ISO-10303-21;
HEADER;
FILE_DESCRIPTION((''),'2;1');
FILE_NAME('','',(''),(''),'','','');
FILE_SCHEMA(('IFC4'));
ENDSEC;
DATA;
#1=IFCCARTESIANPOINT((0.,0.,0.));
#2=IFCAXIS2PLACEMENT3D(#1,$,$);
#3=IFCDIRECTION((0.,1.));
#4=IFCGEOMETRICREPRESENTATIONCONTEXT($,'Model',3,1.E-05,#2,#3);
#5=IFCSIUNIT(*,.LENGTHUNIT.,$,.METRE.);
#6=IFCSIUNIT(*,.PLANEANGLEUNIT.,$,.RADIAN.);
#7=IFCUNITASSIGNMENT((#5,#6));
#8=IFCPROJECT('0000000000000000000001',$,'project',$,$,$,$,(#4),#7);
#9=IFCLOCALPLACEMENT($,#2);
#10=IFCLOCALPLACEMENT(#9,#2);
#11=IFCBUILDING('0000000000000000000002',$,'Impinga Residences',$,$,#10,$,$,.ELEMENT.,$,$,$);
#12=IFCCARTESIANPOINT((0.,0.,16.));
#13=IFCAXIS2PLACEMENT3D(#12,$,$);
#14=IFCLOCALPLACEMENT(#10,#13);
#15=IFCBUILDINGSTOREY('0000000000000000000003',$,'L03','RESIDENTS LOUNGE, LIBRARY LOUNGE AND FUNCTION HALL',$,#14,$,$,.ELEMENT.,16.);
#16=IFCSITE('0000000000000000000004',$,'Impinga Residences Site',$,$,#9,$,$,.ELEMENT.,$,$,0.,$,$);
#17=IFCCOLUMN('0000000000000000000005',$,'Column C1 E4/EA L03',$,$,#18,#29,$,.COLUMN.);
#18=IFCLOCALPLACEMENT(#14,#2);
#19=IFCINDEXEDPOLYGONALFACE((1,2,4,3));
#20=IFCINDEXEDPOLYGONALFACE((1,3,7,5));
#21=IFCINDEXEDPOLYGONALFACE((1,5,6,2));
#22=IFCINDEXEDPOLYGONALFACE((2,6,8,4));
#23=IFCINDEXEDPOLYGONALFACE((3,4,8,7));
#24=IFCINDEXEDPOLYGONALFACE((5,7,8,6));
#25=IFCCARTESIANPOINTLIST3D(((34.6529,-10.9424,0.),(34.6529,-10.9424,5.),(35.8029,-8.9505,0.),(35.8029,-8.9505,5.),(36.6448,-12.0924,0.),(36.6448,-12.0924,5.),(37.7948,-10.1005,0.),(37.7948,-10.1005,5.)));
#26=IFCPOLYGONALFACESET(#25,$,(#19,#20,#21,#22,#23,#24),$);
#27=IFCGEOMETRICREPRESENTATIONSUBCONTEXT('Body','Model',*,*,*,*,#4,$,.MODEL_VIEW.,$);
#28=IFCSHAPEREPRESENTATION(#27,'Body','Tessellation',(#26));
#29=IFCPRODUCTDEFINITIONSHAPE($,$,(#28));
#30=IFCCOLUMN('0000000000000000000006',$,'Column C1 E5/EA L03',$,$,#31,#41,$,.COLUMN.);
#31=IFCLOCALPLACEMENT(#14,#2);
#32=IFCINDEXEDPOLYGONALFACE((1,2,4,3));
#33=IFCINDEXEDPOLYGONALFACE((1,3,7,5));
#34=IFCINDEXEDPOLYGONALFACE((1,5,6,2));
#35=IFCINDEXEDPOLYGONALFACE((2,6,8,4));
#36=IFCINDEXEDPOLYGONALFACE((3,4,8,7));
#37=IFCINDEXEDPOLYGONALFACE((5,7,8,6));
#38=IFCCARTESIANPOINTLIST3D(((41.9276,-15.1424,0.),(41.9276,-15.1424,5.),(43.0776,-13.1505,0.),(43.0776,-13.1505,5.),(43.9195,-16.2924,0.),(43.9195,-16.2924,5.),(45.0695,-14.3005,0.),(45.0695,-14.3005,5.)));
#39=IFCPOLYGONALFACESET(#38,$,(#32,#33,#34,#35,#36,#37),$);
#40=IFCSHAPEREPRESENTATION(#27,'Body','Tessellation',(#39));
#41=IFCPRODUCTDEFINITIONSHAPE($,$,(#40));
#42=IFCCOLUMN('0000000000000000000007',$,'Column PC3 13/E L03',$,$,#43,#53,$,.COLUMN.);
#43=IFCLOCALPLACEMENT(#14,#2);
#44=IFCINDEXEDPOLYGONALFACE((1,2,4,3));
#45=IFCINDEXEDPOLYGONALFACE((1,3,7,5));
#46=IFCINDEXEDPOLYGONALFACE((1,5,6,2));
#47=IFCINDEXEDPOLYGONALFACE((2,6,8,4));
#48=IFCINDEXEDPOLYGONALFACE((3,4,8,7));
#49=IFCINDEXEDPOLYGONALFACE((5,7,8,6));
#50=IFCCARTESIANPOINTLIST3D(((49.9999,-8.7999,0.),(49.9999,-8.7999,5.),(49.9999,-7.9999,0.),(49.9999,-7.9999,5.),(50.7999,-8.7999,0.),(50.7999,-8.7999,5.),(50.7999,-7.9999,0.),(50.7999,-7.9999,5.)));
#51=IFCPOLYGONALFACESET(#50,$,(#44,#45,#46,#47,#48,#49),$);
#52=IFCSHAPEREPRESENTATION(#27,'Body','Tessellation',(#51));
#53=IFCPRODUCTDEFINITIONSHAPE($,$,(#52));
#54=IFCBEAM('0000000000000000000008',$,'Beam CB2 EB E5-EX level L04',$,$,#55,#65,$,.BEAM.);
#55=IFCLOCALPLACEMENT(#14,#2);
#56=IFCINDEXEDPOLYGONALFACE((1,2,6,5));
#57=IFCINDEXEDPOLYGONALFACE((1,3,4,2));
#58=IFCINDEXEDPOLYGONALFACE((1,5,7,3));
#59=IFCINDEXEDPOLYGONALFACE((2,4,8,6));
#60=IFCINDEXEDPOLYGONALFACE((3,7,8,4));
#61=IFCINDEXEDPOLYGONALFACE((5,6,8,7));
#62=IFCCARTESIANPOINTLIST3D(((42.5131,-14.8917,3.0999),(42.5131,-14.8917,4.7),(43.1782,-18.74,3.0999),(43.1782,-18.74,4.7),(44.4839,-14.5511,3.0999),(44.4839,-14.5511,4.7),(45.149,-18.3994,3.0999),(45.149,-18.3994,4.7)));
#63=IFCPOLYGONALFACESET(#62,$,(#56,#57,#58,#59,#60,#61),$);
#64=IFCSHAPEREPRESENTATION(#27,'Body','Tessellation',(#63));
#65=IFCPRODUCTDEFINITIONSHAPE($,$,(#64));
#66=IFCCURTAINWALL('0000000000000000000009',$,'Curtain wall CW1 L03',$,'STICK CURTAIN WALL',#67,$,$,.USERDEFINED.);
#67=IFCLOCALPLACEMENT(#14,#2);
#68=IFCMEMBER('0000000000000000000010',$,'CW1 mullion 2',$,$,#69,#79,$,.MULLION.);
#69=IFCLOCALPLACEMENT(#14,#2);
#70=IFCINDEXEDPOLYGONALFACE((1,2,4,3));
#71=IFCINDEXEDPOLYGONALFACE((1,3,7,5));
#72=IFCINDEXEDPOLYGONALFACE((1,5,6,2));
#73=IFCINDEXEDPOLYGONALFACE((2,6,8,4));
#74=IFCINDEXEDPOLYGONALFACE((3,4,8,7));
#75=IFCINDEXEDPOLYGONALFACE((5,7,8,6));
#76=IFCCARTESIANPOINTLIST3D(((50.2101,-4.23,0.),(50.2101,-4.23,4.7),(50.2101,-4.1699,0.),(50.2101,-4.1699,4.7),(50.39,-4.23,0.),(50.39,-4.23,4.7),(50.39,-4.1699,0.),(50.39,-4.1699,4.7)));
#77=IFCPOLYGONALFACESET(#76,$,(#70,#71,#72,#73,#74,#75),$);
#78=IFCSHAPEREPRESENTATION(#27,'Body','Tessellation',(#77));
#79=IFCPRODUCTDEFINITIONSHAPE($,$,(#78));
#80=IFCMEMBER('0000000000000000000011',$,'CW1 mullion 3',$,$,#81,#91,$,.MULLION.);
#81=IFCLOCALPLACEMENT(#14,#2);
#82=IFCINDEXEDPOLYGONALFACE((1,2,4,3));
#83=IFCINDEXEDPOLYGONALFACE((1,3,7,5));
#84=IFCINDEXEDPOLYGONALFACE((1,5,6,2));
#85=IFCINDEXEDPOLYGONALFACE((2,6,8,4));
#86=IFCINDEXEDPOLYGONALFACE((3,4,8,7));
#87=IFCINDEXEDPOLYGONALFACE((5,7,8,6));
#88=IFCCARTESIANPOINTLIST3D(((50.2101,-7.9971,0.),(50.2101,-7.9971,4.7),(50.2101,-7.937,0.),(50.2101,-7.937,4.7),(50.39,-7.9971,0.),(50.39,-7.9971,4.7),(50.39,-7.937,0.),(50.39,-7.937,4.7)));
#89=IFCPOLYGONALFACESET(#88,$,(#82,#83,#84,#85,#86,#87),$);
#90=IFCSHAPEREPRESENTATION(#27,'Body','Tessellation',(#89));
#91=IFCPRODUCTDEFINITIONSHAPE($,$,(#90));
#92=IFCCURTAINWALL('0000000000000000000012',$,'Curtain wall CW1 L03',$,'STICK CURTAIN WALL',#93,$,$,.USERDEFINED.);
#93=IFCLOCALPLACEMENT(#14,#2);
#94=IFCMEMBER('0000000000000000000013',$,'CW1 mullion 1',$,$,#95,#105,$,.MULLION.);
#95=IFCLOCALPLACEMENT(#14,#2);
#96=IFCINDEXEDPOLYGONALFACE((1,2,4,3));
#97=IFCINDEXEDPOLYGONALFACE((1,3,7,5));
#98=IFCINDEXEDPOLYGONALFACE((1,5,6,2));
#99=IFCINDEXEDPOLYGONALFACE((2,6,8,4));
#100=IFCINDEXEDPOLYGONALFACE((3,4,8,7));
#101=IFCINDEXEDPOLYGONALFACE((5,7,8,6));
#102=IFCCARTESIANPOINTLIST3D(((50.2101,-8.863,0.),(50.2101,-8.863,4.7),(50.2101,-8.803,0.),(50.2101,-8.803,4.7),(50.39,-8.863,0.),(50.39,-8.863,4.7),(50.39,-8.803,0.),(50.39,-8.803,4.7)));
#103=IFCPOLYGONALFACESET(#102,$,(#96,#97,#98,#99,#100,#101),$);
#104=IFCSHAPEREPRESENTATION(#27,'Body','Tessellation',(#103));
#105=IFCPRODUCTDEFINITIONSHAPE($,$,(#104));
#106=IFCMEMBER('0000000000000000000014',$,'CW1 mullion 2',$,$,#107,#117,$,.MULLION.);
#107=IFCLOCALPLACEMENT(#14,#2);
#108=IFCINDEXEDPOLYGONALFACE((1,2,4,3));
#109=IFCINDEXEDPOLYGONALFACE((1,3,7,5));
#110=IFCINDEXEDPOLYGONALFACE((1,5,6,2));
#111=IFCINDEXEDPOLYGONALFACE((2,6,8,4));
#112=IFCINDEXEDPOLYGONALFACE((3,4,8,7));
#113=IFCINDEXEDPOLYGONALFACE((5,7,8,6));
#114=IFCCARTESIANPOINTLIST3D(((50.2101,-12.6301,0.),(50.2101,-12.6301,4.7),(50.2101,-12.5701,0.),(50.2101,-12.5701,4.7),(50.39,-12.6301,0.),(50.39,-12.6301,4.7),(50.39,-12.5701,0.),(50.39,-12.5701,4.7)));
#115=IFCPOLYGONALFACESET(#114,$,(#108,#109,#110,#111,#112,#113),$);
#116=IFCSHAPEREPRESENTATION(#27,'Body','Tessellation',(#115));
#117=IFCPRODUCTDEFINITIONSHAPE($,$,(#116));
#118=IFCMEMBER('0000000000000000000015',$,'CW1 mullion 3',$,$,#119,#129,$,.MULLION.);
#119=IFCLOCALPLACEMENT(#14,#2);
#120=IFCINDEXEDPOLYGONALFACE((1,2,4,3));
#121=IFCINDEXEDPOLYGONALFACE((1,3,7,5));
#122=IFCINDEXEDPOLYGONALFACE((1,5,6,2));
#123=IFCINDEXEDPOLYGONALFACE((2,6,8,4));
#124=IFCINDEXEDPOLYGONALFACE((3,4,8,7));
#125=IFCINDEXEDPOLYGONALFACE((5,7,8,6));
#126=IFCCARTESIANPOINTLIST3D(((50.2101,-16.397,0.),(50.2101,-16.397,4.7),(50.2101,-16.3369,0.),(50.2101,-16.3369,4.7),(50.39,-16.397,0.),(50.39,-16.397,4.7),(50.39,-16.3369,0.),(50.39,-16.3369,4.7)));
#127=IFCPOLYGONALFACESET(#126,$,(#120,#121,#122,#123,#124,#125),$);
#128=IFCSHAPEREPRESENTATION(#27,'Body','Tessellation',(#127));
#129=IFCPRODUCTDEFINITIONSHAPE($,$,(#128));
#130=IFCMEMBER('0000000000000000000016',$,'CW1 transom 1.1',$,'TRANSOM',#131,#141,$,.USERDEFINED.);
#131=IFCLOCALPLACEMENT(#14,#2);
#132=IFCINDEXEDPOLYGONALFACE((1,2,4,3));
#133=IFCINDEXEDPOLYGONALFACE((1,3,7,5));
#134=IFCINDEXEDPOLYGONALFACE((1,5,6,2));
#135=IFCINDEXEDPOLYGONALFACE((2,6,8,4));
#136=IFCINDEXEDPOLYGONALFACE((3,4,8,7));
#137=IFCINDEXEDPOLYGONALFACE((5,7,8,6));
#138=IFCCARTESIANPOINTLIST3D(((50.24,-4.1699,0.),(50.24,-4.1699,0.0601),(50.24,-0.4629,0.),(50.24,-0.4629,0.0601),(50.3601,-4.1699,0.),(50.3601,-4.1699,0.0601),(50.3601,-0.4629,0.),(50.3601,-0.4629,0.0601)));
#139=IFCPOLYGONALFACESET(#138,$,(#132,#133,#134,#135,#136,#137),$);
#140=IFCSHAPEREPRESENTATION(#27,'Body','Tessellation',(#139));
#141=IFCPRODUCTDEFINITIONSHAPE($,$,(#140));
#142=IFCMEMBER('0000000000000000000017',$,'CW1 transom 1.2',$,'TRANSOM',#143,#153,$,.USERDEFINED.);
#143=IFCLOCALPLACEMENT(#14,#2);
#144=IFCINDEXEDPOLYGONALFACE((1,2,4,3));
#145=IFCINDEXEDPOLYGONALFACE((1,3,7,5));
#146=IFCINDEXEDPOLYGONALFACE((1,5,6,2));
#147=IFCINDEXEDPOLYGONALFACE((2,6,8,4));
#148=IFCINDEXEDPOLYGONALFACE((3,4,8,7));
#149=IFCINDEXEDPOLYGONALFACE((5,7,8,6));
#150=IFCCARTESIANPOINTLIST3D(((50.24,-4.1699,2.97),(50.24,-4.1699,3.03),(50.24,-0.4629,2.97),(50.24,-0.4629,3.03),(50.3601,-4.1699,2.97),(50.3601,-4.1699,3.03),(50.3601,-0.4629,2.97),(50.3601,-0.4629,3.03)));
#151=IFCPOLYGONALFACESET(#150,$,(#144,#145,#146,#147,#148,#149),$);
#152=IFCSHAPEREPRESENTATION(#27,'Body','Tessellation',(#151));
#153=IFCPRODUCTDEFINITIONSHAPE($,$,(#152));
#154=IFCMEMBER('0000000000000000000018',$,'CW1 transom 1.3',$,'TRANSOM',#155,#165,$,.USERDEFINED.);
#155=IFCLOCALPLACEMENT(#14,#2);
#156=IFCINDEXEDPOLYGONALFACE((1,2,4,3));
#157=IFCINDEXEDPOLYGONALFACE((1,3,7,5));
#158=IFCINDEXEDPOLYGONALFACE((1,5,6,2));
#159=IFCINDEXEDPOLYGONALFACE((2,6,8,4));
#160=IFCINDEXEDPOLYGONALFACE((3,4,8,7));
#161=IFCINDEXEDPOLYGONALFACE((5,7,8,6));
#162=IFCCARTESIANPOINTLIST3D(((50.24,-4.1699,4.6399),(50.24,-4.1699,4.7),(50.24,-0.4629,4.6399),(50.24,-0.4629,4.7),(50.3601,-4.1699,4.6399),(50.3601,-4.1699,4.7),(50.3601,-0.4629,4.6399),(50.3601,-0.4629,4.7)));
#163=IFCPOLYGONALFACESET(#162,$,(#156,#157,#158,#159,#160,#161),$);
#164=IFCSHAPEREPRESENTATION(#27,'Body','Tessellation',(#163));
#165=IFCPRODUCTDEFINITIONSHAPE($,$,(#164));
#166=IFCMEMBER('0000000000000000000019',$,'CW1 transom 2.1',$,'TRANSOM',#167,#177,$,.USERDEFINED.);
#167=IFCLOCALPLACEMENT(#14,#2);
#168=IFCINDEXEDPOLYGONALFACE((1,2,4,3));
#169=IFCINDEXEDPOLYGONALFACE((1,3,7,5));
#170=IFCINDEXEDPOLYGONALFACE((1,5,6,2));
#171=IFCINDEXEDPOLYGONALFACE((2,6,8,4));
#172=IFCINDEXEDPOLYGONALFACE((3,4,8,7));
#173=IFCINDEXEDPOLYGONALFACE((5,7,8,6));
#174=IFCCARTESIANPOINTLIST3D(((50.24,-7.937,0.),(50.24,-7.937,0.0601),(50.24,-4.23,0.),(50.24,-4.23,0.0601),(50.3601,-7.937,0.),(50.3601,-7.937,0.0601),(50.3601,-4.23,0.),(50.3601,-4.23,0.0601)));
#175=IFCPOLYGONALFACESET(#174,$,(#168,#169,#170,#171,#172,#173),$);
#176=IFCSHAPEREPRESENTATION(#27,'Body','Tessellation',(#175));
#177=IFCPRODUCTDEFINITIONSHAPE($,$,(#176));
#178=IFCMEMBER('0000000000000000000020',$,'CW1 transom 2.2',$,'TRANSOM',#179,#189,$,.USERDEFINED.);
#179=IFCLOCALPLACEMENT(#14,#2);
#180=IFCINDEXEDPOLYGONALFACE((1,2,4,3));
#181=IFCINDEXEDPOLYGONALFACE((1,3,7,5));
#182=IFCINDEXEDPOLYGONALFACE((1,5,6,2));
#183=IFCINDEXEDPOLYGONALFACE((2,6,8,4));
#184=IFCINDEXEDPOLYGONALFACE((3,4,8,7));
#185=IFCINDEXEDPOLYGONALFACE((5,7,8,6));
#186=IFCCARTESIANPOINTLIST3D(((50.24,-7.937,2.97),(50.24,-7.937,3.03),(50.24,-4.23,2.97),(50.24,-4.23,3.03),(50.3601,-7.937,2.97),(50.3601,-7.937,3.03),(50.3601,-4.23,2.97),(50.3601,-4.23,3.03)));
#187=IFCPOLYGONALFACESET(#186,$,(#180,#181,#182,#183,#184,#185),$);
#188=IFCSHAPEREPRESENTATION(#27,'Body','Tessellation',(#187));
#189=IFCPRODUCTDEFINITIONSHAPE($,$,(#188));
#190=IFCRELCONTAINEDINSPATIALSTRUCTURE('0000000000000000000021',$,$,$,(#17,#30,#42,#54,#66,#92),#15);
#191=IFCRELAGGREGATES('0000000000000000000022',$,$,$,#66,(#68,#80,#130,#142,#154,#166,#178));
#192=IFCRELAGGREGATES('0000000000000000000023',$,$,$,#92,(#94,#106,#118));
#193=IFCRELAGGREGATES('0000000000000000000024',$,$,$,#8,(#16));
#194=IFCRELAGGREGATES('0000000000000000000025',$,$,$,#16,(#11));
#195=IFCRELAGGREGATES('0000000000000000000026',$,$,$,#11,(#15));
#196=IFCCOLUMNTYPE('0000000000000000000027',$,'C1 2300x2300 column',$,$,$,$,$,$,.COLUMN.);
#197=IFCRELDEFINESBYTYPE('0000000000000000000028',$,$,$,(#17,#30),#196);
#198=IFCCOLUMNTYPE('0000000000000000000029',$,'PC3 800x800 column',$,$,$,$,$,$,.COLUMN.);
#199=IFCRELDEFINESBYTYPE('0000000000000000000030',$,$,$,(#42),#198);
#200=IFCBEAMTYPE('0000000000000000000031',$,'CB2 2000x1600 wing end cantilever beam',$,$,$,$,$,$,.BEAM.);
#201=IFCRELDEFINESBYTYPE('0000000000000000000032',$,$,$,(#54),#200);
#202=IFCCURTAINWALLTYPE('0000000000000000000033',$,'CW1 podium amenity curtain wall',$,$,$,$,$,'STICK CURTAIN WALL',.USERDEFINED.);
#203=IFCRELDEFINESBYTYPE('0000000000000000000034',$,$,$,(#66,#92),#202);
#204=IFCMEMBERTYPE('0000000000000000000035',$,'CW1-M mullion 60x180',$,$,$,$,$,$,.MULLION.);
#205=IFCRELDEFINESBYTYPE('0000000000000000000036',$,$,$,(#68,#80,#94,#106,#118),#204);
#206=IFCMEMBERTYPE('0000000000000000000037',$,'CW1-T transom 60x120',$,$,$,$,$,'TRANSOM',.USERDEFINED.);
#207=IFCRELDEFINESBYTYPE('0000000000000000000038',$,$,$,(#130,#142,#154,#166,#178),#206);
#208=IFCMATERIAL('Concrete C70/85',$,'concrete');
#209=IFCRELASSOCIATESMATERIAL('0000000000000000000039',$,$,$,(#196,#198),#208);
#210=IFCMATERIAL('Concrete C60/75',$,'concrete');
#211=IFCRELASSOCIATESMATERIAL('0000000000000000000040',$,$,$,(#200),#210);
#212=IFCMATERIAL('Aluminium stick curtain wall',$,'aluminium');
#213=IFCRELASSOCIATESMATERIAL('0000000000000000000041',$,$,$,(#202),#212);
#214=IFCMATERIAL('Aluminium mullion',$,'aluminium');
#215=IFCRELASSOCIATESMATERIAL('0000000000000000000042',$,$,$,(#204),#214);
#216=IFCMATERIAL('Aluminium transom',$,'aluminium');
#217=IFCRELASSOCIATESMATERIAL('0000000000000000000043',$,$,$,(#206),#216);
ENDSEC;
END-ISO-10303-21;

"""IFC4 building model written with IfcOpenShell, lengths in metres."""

from ifc_helpers import new_model, si_unit, direction, frame, origin, origin_2d, place, context, subcontext, project, spatial, rectangle, extrude, material, material_profile, profile_set, type_object, element, aggregate, save


model = new_model("IFC4")

# Units and contexts
model_context = context("Model", 3, precision=1e-05, world=origin(), true_north=direction((0.0, 1.0)))
body_context = subcontext(model_context, "Body", "Model", "MODEL_VIEW")
ifc_project = project(units=[si_unit("LENGTHUNIT", "METRE"), si_unit("PLANEANGLEUNIT", "RADIAN")], contexts=[model_context])

# Site, building, storey
site_placement = place(None, origin())
site = spatial("IfcSite", under=ifc_project, at=site_placement, Name="Impinga Residences Site", CompositionType="ELEMENT", RefElevation=0.0)
building_placement = place(site_placement, origin())
building = spatial("IfcBuilding", under=site, at=building_placement, Name="Impinga Residences", CompositionType="ELEMENT")
storey_placement = place(building_placement, frame((0.0, 0.0, 16.0)))
storey = spatial("IfcBuildingStorey", under=building, at=storey_placement, Name="L03", Description="RESIDENTS LOUNGE, LIBRARY LOUNGE AND FUNCTION HALL", CompositionType="ELEMENT", Elevation=16.0)

# Columns
ifc_material_1 = material(Name="Concrete C70/85", Category="concrete")
ifc_material_profile_1 = material_profile(ifc_material_1, rectangle(XDim=2.3, YDim=2.3, at=origin_2d()), Name="RC 2300x2300")
ifc_profile_set_1 = profile_set([ifc_material_profile_1], Name="Concrete C70/85")
column_type_1 = type_object("IfcColumnType", Name="C1 2300x2300 column", PredefinedType="COLUMN", material=ifc_profile_set_1)
for number, where, z_axis, x_axis, name in (
    (1, (36.2239, -10.5215, 0.0), (0.0, 0.0, 1.0), (-0.5, -0.866025, 0.0), "Column C1 E4/EA L03"),
    (2, (43.4985, -14.7214, 0.0), (0.0, 0.0, 1.0), (-0.5, -0.866025, 0.0), "Column C1 E5/EA L03"),
):
    element("IfcColumn", number, at=place(storey_placement, frame(where, z_axis=z_axis, x_axis=x_axis)), inside=storey, type_object=column_type_1, Name=name, PredefinedType="COLUMN", context=body_context, shape_type="SweptSolid", body=[
        extrude(rectangle(XDim=2.3, YDim=2.3, at=origin_2d()), origin(), (0.0, 0.0, 1.0), 5.0),
    ])
ifc_material_profile_2 = material_profile(ifc_material_1, rectangle(XDim=0.8, YDim=0.8, at=origin_2d()), Name="RC 800x800")
ifc_profile_set_2 = profile_set([ifc_material_profile_2], Name="Concrete C70/85")
column_type_2 = type_object("IfcColumnType", Name="PC3 800x800 column", PredefinedType="COLUMN", material=ifc_profile_set_2)
column_placement = place(storey_placement, frame((50.3999, -8.3999, 0.0), z_axis=(0.0, 0.0, 1.0), x_axis=(1.0, 0.0, 0.0)))
element("IfcColumn", 3, at=column_placement, inside=storey, type_object=column_type_2, Name="Column PC3 13/E L03", PredefinedType="COLUMN", context=body_context, shape_type="SweptSolid", body=[
    extrude(rectangle(XDim=0.8, YDim=0.8, at=origin_2d()), origin(), (0.0, 0.0, 1.0), 5.0),
])

# Beam
ifc_material_2 = material(Name="Concrete C60/75", Category="concrete")
ifc_material_profile_3 = material_profile(ifc_material_2, rectangle(XDim=2.0, YDim=1.6001, at=origin_2d()), Name="RC 2000x1600")
ifc_profile_set_3 = profile_set([ifc_material_profile_3], Name="Concrete C60/75")
beam_type_1 = type_object("IfcBeamType", Name="CB2 2000x1600 wing end cantilever beam", PredefinedType="BEAM", material=ifc_profile_set_3)
beam_1_placement = place(storey_placement, frame((43.4985, -14.7214, 3.8999), z_axis=(0.170296, -0.985393, 0.0), x_axis=(0.985393, 0.170296, 0.0)))
element("IfcBeam", 4, at=beam_1_placement, inside=storey, type_object=beam_type_1, Name="Beam CB2 EB E5-EX level L04", PredefinedType="BEAM", context=body_context, shape_type="SweptSolid", body=[
    extrude(rectangle(XDim=2.0, YDim=1.6001, at=origin_2d()), origin(), (0.0, 0.0, 1.0), 3.9053),
])

# Curtain walls, members
ifc_material_3 = material(Name="Aluminium stick curtain wall", Category="aluminium")
curtain_wall_type = type_object("IfcCurtainWallType", Name="CW1 podium amenity curtain wall", ElementType="STICK CURTAIN WALL", PredefinedType="USERDEFINED", material=ifc_material_3)
curtain_wall_1_placement = place(storey_placement, origin())
curtain_wall_1 = element("IfcCurtainWall", 5, at=curtain_wall_1_placement, inside=storey, type_object=curtain_wall_type, Name="Curtain wall CW1 L03", ObjectType="STICK CURTAIN WALL", PredefinedType="USERDEFINED")
ifc_material_4 = material(Name="Aluminium mullion", Category="aluminium")
ifc_material_profile_4 = material_profile(ifc_material_4, rectangle(XDim=0.0601, YDim=0.1799, at=origin_2d()), Name="60x180 mullion")
ifc_profile_set_4 = profile_set([ifc_material_profile_4], Name="Aluminium mullion")
member_type_1 = type_object("IfcMemberType", Name="CW1-M mullion 60x180", PredefinedType="MULLION", material=ifc_profile_set_4)
member_1_placement = place(storey_placement, frame((50.3, -4.2, 0.0), z_axis=(0.0, 0.0, 1.0), x_axis=(0.0, -1.0, 0.0)))
member_1 = element("IfcMember", 6, at=member_1_placement, type_object=member_type_1, Name="CW1 mullion 2", PredefinedType="MULLION", context=body_context, shape_type="SweptSolid", body=[
    extrude(rectangle(XDim=0.0601, YDim=0.1799, at=origin_2d()), origin(), (0.0, 0.0, 1.0), 4.7),
])
member_2_placement = place(storey_placement, frame((50.3, -7.967, 0.0), z_axis=(0.0, 0.0, 1.0), x_axis=(0.0, -1.0, 0.0)))
member_2 = element("IfcMember", 7, at=member_2_placement, type_object=member_type_1, Name="CW1 mullion 3", PredefinedType="MULLION", context=body_context, shape_type="SweptSolid", body=[
    extrude(rectangle(XDim=0.0601, YDim=0.1799, at=origin_2d()), origin(), (0.0, 0.0, 1.0), 4.7),
])
curtain_wall_2_placement = place(storey_placement, origin())
curtain_wall_2 = element("IfcCurtainWall", 8, at=curtain_wall_2_placement, inside=storey, type_object=curtain_wall_type, Name="Curtain wall CW1 L03", ObjectType="STICK CURTAIN WALL", PredefinedType="USERDEFINED")
member_3_placement = place(storey_placement, frame((50.3, -8.833, 0.0), z_axis=(0.0, 0.0, 1.0), x_axis=(0.0, -1.0, 0.0)))
member_3 = element("IfcMember", 9, at=member_3_placement, type_object=member_type_1, Name="CW1 mullion 1", PredefinedType="MULLION", context=body_context, shape_type="SweptSolid", body=[
    extrude(rectangle(XDim=0.0601, YDim=0.1799, at=origin_2d()), origin(), (0.0, 0.0, 1.0), 4.7),
])
member_4_placement = place(storey_placement, frame((50.3, -12.6001, 0.0), z_axis=(0.0, 0.0, 1.0), x_axis=(0.0, -1.0, 0.0)))
member_4 = element("IfcMember", 10, at=member_4_placement, type_object=member_type_1, Name="CW1 mullion 2", PredefinedType="MULLION", context=body_context, shape_type="SweptSolid", body=[
    extrude(rectangle(XDim=0.0601, YDim=0.1799, at=origin_2d()), origin(), (0.0, 0.0, 1.0), 4.7),
])
member_5_placement = place(storey_placement, frame((50.3, -16.3669, 0.0), z_axis=(0.0, 0.0, 1.0), x_axis=(0.0, -1.0, 0.0)))
member_5 = element("IfcMember", 11, at=member_5_placement, type_object=member_type_1, Name="CW1 mullion 3", PredefinedType="MULLION", context=body_context, shape_type="SweptSolid", body=[
    extrude(rectangle(XDim=0.0601, YDim=0.1799, at=origin_2d()), origin(), (0.0, 0.0, 1.0), 4.7),
])

# Members
ifc_material_5 = material(Name="Aluminium transom", Category="aluminium")
ifc_material_profile_5 = material_profile(ifc_material_5, rectangle(XDim=0.0601, YDim=0.1201, at=origin_2d()), Name="60x120 transom")
ifc_profile_set_5 = profile_set([ifc_material_profile_5], Name="Aluminium transom")
member_type_2 = type_object("IfcMemberType", Name="CW1-T transom 60x120", ElementType="TRANSOM", PredefinedType="USERDEFINED", material=ifc_profile_set_5)
member_6_placement = place(storey_placement, frame((50.3, -0.4629, 0.03), z_axis=(0.0, -1.0, 0.0), x_axis=(0.0, 0.0, 1.0)))
member_6 = element("IfcMember", 12, at=member_6_placement, type_object=member_type_2, Name="CW1 transom 1.1", ObjectType="TRANSOM", PredefinedType="USERDEFINED", context=body_context, shape_type="SweptSolid", body=[
    extrude(rectangle(XDim=0.0601, YDim=0.1201, at=origin_2d()), origin(), (0.0, 0.0, 1.0), 3.707),
])
member_7_placement = place(storey_placement, frame((50.3, -0.4629, 3.0), z_axis=(0.0, -1.0, 0.0), x_axis=(0.0, 0.0, 1.0)))
member_7 = element("IfcMember", 13, at=member_7_placement, type_object=member_type_2, Name="CW1 transom 1.2", ObjectType="TRANSOM", PredefinedType="USERDEFINED", context=body_context, shape_type="SweptSolid", body=[
    extrude(rectangle(XDim=0.0601, YDim=0.1201, at=origin_2d()), origin(), (0.0, 0.0, 1.0), 3.707),
])
member_8_placement = place(storey_placement, frame((50.3, -0.4629, 4.6699), z_axis=(0.0, -1.0, 0.0), x_axis=(0.0, 0.0, 1.0)))
member_8 = element("IfcMember", 14, at=member_8_placement, type_object=member_type_2, Name="CW1 transom 1.3", ObjectType="TRANSOM", PredefinedType="USERDEFINED", context=body_context, shape_type="SweptSolid", body=[
    extrude(rectangle(XDim=0.0601, YDim=0.1201, at=origin_2d()), origin(), (0.0, 0.0, 1.0), 3.707),
])
member_9_placement = place(storey_placement, frame((50.3, -4.23, 0.03), z_axis=(0.0, -1.0, 0.0), x_axis=(0.0, 0.0, 1.0)))
member_9 = element("IfcMember", 15, at=member_9_placement, type_object=member_type_2, Name="CW1 transom 2.1", ObjectType="TRANSOM", PredefinedType="USERDEFINED", context=body_context, shape_type="SweptSolid", body=[
    extrude(rectangle(XDim=0.0601, YDim=0.1201, at=origin_2d()), origin(), (0.0, 0.0, 1.0), 3.707),
])
member_10_placement = place(storey_placement, frame((50.3, -4.23, 3.0), z_axis=(0.0, -1.0, 0.0), x_axis=(0.0, 0.0, 1.0)))
member_10 = element("IfcMember", 16, at=member_10_placement, type_object=member_type_2, Name="CW1 transom 2.2", ObjectType="TRANSOM", PredefinedType="USERDEFINED", context=body_context, shape_type="SweptSolid", body=[
    extrude(rectangle(XDim=0.0601, YDim=0.1201, at=origin_2d()), origin(), (0.0, 0.0, 1.0), 3.707),
])

aggregate(curtain_wall_1, [member_1, member_2, member_6, member_7, member_8, member_9, member_10])
aggregate(curtain_wall_2, [member_3, member_4, member_5])

save(model, "model.ifc")
